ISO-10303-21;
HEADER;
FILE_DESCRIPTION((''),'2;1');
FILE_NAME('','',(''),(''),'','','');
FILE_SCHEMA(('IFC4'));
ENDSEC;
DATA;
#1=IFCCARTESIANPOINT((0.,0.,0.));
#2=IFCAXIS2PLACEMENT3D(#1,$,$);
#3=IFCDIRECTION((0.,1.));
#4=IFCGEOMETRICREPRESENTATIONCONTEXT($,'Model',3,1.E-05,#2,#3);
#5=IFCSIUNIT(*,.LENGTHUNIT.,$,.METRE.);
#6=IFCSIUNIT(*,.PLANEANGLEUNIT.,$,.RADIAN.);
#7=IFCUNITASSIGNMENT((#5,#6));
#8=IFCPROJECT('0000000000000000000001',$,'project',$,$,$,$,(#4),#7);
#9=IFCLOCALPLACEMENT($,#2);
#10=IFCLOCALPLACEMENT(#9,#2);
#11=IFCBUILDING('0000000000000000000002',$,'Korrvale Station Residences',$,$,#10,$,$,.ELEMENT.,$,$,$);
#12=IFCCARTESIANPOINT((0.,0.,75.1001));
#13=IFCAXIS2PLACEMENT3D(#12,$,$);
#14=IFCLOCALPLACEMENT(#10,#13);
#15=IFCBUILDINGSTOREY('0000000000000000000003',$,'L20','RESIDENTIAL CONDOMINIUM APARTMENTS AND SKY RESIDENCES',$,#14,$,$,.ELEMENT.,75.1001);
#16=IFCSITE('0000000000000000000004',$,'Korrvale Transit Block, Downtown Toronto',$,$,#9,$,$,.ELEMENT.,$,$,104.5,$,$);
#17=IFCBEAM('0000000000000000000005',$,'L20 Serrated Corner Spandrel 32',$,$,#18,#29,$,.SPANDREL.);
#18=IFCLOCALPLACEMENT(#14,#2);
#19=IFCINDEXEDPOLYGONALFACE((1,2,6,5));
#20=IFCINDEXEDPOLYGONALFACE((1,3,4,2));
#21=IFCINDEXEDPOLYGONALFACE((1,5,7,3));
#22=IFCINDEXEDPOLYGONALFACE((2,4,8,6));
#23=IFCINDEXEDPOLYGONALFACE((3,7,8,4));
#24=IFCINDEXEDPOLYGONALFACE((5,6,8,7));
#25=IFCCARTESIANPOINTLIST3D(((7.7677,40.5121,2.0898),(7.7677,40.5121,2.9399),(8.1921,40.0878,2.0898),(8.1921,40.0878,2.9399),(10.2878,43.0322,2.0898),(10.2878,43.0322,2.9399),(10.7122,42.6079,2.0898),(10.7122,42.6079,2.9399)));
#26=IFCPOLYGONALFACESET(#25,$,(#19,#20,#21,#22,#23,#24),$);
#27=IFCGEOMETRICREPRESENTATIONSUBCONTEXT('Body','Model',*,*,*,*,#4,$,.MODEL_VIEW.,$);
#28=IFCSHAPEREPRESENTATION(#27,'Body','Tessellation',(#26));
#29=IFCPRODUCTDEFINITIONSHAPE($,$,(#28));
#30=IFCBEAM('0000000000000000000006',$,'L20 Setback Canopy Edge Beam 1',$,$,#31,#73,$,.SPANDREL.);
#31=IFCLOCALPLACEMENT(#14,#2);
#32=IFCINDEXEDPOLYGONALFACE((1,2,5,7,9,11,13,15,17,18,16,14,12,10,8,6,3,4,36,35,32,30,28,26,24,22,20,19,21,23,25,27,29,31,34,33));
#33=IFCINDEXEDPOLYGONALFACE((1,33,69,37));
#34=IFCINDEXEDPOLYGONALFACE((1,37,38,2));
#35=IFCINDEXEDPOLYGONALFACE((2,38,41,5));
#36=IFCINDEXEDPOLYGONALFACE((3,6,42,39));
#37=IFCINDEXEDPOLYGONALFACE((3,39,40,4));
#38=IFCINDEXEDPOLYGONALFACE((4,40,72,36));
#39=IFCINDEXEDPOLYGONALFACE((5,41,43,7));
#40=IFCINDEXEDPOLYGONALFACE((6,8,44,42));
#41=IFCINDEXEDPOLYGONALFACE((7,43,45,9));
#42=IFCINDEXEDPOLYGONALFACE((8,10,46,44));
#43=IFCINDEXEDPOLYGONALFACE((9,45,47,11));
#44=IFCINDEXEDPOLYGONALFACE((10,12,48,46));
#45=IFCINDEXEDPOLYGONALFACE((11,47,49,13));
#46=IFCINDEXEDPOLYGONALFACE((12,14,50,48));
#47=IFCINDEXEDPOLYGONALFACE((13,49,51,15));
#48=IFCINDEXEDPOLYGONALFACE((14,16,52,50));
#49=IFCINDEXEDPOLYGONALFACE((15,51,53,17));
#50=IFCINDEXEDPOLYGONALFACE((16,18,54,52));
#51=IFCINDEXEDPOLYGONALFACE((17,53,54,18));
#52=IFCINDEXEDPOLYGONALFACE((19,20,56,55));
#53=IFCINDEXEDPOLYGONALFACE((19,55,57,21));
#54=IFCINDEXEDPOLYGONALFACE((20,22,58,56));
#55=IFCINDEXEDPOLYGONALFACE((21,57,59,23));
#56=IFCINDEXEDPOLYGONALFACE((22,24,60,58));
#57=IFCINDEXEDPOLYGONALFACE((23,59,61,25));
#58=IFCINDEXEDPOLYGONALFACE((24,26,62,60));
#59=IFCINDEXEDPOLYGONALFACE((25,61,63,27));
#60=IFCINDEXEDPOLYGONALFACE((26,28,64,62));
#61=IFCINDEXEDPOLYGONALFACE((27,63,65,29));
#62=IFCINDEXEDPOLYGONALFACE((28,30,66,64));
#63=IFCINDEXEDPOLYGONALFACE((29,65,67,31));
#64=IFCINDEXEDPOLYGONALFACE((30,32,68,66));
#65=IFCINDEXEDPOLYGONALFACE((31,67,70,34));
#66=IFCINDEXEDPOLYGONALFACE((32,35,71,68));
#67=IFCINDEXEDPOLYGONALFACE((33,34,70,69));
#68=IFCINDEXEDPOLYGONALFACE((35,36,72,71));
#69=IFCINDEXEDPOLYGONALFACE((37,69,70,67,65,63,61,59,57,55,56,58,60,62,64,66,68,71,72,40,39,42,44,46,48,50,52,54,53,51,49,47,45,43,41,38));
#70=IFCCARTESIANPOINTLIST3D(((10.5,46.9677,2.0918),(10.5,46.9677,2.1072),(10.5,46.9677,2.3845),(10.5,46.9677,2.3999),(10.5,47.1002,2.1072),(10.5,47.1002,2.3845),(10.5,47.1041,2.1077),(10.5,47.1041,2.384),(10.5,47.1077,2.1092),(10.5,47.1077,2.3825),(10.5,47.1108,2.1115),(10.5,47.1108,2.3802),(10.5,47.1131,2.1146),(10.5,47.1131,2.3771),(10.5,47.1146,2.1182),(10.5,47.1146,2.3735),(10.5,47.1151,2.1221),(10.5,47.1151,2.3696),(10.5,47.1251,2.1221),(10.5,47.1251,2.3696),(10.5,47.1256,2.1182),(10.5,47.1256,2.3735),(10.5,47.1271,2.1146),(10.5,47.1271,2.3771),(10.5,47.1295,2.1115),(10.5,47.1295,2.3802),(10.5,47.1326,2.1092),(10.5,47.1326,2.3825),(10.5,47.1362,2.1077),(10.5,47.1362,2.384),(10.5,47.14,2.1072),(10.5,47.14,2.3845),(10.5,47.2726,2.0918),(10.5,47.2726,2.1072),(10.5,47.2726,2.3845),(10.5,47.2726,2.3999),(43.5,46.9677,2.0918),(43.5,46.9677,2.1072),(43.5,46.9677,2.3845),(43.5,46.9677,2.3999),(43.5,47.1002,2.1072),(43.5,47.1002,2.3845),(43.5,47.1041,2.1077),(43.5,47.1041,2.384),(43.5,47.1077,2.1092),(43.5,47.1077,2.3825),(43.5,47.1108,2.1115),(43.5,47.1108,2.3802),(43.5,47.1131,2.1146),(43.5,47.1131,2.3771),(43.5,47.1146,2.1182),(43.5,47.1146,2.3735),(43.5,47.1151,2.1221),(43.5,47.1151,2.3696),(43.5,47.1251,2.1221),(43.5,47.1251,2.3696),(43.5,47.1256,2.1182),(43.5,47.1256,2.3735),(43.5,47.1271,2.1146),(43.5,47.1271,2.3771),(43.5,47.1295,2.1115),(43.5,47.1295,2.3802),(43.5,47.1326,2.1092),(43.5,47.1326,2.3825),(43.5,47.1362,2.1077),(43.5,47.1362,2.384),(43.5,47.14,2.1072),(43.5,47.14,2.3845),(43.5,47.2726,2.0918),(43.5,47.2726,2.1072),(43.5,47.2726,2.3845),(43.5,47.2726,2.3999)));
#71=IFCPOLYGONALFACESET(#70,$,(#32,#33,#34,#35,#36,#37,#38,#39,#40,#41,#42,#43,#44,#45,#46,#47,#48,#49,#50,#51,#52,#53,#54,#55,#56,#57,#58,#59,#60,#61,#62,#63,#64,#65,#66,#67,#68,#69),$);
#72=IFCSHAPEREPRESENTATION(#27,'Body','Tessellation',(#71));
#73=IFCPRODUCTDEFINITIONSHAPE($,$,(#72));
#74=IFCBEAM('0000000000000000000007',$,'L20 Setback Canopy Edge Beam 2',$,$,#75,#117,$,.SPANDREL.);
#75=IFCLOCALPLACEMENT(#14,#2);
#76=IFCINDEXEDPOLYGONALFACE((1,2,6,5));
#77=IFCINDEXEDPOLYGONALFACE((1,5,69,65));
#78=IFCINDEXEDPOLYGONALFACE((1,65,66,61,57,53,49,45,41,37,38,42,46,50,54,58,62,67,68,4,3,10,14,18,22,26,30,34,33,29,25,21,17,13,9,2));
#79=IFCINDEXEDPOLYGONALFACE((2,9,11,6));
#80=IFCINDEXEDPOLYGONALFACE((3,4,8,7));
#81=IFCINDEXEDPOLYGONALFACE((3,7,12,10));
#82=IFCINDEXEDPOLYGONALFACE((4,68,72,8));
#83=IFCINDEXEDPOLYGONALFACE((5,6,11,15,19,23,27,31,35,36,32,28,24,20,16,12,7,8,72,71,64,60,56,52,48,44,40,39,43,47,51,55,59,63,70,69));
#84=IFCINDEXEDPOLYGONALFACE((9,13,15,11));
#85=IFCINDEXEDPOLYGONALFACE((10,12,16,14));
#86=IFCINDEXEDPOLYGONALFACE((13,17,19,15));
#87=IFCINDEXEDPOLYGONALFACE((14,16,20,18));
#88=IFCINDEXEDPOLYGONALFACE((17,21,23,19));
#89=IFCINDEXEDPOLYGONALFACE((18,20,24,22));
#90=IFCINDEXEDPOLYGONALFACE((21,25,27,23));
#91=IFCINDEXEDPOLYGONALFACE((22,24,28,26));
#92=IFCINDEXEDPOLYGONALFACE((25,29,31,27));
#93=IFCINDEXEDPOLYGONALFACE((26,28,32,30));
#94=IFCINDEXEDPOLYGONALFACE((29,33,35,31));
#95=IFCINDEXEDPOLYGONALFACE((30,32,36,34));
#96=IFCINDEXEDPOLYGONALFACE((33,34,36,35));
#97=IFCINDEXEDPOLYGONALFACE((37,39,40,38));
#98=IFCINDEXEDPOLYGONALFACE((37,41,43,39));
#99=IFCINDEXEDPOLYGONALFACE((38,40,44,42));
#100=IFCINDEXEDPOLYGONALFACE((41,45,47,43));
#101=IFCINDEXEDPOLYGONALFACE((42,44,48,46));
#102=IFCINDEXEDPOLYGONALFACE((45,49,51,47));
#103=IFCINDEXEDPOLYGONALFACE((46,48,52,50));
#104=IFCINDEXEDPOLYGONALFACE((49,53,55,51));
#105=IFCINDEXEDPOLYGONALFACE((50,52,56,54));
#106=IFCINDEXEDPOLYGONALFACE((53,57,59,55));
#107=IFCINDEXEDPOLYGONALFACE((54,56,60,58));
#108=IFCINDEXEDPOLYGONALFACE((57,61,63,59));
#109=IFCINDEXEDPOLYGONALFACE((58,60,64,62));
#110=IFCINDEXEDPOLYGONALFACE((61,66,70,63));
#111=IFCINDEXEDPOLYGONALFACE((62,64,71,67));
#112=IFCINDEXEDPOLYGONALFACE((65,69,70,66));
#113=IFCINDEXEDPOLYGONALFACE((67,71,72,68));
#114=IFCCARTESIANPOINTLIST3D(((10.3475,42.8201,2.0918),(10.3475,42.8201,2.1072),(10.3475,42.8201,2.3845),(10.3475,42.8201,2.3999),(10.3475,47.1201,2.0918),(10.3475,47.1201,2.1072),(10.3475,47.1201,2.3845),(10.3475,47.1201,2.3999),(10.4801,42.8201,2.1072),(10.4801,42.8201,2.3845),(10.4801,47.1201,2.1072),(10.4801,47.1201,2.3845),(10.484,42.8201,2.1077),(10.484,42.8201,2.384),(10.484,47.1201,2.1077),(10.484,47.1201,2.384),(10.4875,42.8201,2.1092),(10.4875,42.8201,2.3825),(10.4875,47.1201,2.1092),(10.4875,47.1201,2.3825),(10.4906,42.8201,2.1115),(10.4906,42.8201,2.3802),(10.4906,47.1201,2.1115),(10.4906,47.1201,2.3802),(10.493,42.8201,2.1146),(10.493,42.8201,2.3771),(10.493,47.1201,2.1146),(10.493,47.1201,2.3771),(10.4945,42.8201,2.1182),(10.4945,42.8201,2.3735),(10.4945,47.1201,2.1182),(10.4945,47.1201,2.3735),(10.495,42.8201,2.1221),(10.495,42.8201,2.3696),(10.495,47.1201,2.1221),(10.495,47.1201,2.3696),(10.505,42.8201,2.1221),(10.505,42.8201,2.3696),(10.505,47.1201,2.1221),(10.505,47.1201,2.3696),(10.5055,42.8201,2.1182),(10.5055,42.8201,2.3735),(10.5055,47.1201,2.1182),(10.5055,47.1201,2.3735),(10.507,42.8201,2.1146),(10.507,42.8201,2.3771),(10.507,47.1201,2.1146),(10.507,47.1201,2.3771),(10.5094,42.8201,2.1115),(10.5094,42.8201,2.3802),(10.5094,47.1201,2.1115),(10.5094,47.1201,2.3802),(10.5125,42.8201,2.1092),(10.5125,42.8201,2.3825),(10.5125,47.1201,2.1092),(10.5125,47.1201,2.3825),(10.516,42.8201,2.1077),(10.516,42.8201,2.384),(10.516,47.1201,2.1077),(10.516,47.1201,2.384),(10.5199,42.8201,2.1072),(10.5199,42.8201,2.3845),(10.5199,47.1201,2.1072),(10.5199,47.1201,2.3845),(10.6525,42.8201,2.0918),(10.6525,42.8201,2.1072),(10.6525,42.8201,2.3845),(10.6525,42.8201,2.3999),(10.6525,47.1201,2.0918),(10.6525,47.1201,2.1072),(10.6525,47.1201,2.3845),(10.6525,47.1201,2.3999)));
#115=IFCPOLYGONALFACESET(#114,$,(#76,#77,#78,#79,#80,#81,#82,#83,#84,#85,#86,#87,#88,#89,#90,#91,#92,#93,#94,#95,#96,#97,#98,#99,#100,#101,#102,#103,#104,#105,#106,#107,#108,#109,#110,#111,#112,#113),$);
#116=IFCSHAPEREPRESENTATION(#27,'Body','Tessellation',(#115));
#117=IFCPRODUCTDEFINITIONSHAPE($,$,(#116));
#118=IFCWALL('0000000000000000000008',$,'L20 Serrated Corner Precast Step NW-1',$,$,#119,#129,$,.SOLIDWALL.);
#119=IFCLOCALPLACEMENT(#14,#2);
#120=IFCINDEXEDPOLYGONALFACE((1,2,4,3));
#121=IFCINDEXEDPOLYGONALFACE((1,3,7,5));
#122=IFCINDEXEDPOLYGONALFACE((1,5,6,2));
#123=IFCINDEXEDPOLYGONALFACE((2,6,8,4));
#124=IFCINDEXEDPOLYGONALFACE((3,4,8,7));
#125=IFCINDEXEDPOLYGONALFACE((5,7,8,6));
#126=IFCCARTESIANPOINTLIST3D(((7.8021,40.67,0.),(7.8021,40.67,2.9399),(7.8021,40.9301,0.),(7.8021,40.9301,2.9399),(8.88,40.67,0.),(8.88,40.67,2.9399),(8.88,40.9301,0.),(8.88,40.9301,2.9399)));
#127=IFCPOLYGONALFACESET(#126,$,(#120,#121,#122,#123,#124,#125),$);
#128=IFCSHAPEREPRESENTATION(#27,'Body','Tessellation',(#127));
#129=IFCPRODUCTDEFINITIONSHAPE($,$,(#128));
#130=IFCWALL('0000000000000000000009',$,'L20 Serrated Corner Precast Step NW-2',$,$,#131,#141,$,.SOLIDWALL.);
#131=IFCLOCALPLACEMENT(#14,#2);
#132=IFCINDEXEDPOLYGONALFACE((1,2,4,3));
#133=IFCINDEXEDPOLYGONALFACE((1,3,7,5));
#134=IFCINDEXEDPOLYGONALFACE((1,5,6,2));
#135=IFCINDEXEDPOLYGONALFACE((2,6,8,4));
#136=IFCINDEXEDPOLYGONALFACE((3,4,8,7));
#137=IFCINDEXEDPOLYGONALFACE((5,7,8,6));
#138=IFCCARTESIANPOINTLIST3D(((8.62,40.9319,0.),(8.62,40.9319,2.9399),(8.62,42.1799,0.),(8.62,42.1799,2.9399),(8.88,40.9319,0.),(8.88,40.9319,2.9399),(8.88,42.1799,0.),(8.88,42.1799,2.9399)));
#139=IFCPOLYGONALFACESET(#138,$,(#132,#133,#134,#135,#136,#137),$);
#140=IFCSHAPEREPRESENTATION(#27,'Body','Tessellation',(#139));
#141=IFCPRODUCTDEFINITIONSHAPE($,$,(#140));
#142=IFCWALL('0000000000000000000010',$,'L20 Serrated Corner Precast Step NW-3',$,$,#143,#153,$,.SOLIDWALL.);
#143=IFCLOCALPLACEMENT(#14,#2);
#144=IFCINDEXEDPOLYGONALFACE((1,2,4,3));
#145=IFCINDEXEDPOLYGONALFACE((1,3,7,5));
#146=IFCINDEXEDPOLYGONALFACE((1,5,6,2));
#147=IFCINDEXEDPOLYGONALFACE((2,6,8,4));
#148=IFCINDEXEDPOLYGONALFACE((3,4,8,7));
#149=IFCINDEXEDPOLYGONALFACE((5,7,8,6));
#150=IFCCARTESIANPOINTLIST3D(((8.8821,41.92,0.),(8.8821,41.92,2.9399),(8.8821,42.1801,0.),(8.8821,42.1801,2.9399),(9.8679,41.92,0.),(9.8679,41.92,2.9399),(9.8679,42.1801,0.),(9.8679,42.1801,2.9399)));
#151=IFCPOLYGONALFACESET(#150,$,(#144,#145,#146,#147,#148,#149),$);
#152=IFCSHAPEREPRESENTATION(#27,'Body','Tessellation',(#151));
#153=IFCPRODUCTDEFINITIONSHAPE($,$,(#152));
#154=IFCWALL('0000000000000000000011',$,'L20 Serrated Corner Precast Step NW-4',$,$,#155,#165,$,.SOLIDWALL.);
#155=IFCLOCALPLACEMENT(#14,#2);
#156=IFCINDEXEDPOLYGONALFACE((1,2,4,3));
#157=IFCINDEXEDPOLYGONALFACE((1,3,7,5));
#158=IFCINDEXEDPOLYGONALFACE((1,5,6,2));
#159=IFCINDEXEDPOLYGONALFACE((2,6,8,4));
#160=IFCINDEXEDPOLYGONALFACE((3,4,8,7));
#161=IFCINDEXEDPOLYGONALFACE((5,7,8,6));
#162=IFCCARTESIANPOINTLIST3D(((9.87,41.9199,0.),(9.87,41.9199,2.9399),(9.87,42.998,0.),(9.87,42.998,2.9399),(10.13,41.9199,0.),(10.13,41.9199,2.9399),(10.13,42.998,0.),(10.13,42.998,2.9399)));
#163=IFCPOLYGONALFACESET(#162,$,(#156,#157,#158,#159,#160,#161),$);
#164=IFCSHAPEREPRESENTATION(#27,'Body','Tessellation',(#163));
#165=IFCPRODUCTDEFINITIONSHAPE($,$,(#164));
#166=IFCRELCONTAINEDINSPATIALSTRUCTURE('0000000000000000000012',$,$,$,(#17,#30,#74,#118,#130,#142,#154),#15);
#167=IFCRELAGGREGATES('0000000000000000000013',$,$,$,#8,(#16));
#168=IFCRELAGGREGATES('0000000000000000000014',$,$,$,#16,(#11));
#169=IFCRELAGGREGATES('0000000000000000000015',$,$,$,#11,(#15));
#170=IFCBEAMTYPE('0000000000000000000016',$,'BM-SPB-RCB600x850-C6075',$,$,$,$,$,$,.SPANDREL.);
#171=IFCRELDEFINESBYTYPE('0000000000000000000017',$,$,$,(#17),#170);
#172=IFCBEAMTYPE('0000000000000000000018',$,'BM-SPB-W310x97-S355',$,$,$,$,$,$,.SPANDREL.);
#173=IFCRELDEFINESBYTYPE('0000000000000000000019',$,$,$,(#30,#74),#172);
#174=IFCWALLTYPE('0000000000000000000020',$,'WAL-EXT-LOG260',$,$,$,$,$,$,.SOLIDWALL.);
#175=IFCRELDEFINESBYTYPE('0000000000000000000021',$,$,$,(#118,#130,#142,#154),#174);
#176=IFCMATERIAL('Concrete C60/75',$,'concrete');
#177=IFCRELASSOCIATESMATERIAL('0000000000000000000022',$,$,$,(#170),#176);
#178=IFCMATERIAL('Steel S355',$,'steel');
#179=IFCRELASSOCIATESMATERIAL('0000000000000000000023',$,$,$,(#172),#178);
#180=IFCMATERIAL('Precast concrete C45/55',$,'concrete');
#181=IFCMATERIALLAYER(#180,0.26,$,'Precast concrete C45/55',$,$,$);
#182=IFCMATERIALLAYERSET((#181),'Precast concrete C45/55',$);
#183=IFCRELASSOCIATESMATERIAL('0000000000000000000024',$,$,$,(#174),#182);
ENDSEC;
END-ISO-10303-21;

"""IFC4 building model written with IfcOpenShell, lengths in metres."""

from ifc_helpers import new_model, si_unit, direction, frame, frame_2d, origin, origin_2d, place, context, subcontext, project, spatial, rectangle, i_section, extrude, material, layer, layer_set, material_profile, profile_set, type_object, element, save


model = new_model("IFC4")

# Units and contexts
model_context = context("Model", 3, precision=1e-05, world=origin(), true_north=direction((0.0, 1.0)))
body_context = subcontext(model_context, "Body", "Model", "MODEL_VIEW")
ifc_project = project(units=[si_unit("LENGTHUNIT", "METRE"), si_unit("PLANEANGLEUNIT", "RADIAN")], contexts=[model_context])

# Site, building, storey
site_placement = place(None, origin())
site = spatial("IfcSite", under=ifc_project, at=site_placement, Name="Korrvale Transit Block, Downtown Toronto", CompositionType="ELEMENT", RefElevation=104.5)
building_placement = place(site_placement, origin())
building = spatial("IfcBuilding", under=site, at=building_placement, Name="Korrvale Station Residences", CompositionType="ELEMENT")
storey_placement = place(building_placement, frame((0.0, 0.0, 75.1001)))
storey = spatial("IfcBuildingStorey", under=building, at=storey_placement, Name="L20", Description="RESIDENTIAL CONDOMINIUM APARTMENTS AND SKY RESIDENCES", CompositionType="ELEMENT", Elevation=75.1001)

# Shared definitions
ifc_material_1 = material(Name="Steel S355", Category="steel")
ifc_material_2 = material(Name="Concrete C60/75", Category="concrete")

# Beams
ifc_material_profile_1 = material_profile(ifc_material_2, rectangle(XDim=0.6001, YDim=0.8501, at=origin_2d()), Name="RCB600x850")
ifc_profile_set_1 = profile_set([ifc_material_profile_1], Name="Concrete C60/75")
beam_type_1 = type_object("IfcBeamType", Name="BM-SPB-RCB600x850-C6075", PredefinedType="SPANDREL", material=ifc_profile_set_1)
beam_1_placement = place(storey_placement, frame((10.5, 42.8201, 2.5149), z_axis=(-0.707107, -0.707107, 0.0), x_axis=(0.707107, -0.707107, 0.0)))
element("IfcBeam", 1, at=beam_1_placement, inside=storey, type_object=beam_type_1, Name="L20 Serrated Corner Spandrel 32", PredefinedType="SPANDREL", context=body_context, shape_type="SweptSolid", body=[
    extrude(rectangle(XDim=0.6001, YDim=0.8501, at=origin_2d()), origin(), (0.0, 0.0, 1.0), 3.564),
])
ifc_material_profile_2 = material_profile(ifc_material_1, i_section(OverallWidth=0.3049, OverallDepth=0.3081, WebThickness=0.01, FlangeThickness=0.0154, FilletRadius=0.0149, at=origin_2d()), Name="W310x97")
ifc_profile_set_2 = profile_set([ifc_material_profile_2], Name="Steel S355")
beam_type_2 = type_object("IfcBeamType", Name="BM-SPB-W310x97-S355", PredefinedType="SPANDREL", material=ifc_profile_set_2)
beam_2_placement = place(storey_placement, frame((10.5, 47.1201, 2.2458), z_axis=(1.0, 0.0, 0.0), x_axis=(0.0, 1.0, 0.0)))
element("IfcBeam", 2, at=beam_2_placement, inside=storey, type_object=beam_type_2, Name="L20 Setback Canopy Edge Beam 1", PredefinedType="SPANDREL", context=body_context, shape_type="SweptSolid", body=[
    extrude(i_section(OverallWidth=0.3049, OverallDepth=0.3081, WebThickness=0.01, FlangeThickness=0.0154, FilletRadius=0.0149, at=origin_2d()), origin(), (0.0, 0.0, 1.0), 33.0),
])
beam_3_placement = place(storey_placement, frame((10.5, 47.1201, 2.2458), z_axis=(0.0, -1.0, 0.0), x_axis=(1.0, 0.0, 0.0)))
element("IfcBeam", 3, at=beam_3_placement, inside=storey, type_object=beam_type_2, Name="L20 Setback Canopy Edge Beam 2", PredefinedType="SPANDREL", context=body_context, shape_type="SweptSolid", body=[
    extrude(i_section(OverallWidth=0.3049, OverallDepth=0.3081, WebThickness=0.01, FlangeThickness=0.0154, FilletRadius=0.0149, at=origin_2d()), origin(), (0.0, 0.0, 1.0), 4.3),
])

# Walls
ifc_material_3 = material(Name="Precast concrete C45/55", Category="concrete")
ifc_layer_1 = layer(ifc_material_3, 0.26, Name="Precast concrete C45/55")
ifc_layer_set_1 = layer_set([ifc_layer_1], Name="Precast concrete C45/55")
wall_type_1 = type_object("IfcWallType", Name="WAL-EXT-LOG260", PredefinedType="SOLIDWALL", material=ifc_layer_set_1)
wall_1_placement = place(storey_placement, frame((7.802, 40.8, 0.0), z_axis=(0.0, 0.0, 1.0), x_axis=(1.0, 0.0, 0.0)))
element("IfcWall", 4, at=wall_1_placement, inside=storey, type_object=wall_type_1, Name="L20 Serrated Corner Precast Step NW-1", PredefinedType="SOLIDWALL", context=body_context, shape_type="SweptSolid", body=[
    extrude(rectangle(XDim=1.0779, YDim=0.26, at=frame_2d((0.5391, 0.0))), origin(), (0.0, 0.0, 1.0), 2.9399),
])
wall_2_placement = place(storey_placement, frame((8.75, 40.9319, 0.0), z_axis=(0.0, 0.0, 1.0), x_axis=(0.0, 1.0, 0.0)))
element("IfcWall", 5, at=wall_2_placement, inside=storey, type_object=wall_type_1, Name="L20 Serrated Corner Precast Step NW-2", PredefinedType="SOLIDWALL", context=body_context, shape_type="SweptSolid", body=[
    extrude(rectangle(XDim=1.248, YDim=0.26, at=frame_2d((0.624, 0.0))), origin(), (0.0, 0.0, 1.0), 2.9399),
])
wall_3_placement = place(storey_placement, frame((8.8821, 42.05, 0.0), z_axis=(0.0, 0.0, 1.0), x_axis=(1.0, 0.0, 0.0)))
element("IfcWall", 6, at=wall_3_placement, inside=storey, type_object=wall_type_1, Name="L20 Serrated Corner Precast Step NW-3", PredefinedType="SOLIDWALL", context=body_context, shape_type="SweptSolid", body=[
    extrude(rectangle(XDim=0.9858, YDim=0.26, at=frame_2d((0.4929, 0.0))), origin(), (0.0, 0.0, 1.0), 2.9399),
])
wall_4_placement = place(storey_placement, frame((10.0, 41.9199, 0.0), z_axis=(0.0, 0.0, 1.0), x_axis=(0.0, 1.0, 0.0)))
element("IfcWall", 7, at=wall_4_placement, inside=storey, type_object=wall_type_1, Name="L20 Serrated Corner Precast Step NW-4", PredefinedType="SOLIDWALL", context=body_context, shape_type="SweptSolid", body=[
    extrude(rectangle(XDim=1.0781, YDim=0.26, at=frame_2d((0.5391, 0.0))), origin(), (0.0, 0.0, 1.0), 2.9399),
])

save(model, "model.ifc")
